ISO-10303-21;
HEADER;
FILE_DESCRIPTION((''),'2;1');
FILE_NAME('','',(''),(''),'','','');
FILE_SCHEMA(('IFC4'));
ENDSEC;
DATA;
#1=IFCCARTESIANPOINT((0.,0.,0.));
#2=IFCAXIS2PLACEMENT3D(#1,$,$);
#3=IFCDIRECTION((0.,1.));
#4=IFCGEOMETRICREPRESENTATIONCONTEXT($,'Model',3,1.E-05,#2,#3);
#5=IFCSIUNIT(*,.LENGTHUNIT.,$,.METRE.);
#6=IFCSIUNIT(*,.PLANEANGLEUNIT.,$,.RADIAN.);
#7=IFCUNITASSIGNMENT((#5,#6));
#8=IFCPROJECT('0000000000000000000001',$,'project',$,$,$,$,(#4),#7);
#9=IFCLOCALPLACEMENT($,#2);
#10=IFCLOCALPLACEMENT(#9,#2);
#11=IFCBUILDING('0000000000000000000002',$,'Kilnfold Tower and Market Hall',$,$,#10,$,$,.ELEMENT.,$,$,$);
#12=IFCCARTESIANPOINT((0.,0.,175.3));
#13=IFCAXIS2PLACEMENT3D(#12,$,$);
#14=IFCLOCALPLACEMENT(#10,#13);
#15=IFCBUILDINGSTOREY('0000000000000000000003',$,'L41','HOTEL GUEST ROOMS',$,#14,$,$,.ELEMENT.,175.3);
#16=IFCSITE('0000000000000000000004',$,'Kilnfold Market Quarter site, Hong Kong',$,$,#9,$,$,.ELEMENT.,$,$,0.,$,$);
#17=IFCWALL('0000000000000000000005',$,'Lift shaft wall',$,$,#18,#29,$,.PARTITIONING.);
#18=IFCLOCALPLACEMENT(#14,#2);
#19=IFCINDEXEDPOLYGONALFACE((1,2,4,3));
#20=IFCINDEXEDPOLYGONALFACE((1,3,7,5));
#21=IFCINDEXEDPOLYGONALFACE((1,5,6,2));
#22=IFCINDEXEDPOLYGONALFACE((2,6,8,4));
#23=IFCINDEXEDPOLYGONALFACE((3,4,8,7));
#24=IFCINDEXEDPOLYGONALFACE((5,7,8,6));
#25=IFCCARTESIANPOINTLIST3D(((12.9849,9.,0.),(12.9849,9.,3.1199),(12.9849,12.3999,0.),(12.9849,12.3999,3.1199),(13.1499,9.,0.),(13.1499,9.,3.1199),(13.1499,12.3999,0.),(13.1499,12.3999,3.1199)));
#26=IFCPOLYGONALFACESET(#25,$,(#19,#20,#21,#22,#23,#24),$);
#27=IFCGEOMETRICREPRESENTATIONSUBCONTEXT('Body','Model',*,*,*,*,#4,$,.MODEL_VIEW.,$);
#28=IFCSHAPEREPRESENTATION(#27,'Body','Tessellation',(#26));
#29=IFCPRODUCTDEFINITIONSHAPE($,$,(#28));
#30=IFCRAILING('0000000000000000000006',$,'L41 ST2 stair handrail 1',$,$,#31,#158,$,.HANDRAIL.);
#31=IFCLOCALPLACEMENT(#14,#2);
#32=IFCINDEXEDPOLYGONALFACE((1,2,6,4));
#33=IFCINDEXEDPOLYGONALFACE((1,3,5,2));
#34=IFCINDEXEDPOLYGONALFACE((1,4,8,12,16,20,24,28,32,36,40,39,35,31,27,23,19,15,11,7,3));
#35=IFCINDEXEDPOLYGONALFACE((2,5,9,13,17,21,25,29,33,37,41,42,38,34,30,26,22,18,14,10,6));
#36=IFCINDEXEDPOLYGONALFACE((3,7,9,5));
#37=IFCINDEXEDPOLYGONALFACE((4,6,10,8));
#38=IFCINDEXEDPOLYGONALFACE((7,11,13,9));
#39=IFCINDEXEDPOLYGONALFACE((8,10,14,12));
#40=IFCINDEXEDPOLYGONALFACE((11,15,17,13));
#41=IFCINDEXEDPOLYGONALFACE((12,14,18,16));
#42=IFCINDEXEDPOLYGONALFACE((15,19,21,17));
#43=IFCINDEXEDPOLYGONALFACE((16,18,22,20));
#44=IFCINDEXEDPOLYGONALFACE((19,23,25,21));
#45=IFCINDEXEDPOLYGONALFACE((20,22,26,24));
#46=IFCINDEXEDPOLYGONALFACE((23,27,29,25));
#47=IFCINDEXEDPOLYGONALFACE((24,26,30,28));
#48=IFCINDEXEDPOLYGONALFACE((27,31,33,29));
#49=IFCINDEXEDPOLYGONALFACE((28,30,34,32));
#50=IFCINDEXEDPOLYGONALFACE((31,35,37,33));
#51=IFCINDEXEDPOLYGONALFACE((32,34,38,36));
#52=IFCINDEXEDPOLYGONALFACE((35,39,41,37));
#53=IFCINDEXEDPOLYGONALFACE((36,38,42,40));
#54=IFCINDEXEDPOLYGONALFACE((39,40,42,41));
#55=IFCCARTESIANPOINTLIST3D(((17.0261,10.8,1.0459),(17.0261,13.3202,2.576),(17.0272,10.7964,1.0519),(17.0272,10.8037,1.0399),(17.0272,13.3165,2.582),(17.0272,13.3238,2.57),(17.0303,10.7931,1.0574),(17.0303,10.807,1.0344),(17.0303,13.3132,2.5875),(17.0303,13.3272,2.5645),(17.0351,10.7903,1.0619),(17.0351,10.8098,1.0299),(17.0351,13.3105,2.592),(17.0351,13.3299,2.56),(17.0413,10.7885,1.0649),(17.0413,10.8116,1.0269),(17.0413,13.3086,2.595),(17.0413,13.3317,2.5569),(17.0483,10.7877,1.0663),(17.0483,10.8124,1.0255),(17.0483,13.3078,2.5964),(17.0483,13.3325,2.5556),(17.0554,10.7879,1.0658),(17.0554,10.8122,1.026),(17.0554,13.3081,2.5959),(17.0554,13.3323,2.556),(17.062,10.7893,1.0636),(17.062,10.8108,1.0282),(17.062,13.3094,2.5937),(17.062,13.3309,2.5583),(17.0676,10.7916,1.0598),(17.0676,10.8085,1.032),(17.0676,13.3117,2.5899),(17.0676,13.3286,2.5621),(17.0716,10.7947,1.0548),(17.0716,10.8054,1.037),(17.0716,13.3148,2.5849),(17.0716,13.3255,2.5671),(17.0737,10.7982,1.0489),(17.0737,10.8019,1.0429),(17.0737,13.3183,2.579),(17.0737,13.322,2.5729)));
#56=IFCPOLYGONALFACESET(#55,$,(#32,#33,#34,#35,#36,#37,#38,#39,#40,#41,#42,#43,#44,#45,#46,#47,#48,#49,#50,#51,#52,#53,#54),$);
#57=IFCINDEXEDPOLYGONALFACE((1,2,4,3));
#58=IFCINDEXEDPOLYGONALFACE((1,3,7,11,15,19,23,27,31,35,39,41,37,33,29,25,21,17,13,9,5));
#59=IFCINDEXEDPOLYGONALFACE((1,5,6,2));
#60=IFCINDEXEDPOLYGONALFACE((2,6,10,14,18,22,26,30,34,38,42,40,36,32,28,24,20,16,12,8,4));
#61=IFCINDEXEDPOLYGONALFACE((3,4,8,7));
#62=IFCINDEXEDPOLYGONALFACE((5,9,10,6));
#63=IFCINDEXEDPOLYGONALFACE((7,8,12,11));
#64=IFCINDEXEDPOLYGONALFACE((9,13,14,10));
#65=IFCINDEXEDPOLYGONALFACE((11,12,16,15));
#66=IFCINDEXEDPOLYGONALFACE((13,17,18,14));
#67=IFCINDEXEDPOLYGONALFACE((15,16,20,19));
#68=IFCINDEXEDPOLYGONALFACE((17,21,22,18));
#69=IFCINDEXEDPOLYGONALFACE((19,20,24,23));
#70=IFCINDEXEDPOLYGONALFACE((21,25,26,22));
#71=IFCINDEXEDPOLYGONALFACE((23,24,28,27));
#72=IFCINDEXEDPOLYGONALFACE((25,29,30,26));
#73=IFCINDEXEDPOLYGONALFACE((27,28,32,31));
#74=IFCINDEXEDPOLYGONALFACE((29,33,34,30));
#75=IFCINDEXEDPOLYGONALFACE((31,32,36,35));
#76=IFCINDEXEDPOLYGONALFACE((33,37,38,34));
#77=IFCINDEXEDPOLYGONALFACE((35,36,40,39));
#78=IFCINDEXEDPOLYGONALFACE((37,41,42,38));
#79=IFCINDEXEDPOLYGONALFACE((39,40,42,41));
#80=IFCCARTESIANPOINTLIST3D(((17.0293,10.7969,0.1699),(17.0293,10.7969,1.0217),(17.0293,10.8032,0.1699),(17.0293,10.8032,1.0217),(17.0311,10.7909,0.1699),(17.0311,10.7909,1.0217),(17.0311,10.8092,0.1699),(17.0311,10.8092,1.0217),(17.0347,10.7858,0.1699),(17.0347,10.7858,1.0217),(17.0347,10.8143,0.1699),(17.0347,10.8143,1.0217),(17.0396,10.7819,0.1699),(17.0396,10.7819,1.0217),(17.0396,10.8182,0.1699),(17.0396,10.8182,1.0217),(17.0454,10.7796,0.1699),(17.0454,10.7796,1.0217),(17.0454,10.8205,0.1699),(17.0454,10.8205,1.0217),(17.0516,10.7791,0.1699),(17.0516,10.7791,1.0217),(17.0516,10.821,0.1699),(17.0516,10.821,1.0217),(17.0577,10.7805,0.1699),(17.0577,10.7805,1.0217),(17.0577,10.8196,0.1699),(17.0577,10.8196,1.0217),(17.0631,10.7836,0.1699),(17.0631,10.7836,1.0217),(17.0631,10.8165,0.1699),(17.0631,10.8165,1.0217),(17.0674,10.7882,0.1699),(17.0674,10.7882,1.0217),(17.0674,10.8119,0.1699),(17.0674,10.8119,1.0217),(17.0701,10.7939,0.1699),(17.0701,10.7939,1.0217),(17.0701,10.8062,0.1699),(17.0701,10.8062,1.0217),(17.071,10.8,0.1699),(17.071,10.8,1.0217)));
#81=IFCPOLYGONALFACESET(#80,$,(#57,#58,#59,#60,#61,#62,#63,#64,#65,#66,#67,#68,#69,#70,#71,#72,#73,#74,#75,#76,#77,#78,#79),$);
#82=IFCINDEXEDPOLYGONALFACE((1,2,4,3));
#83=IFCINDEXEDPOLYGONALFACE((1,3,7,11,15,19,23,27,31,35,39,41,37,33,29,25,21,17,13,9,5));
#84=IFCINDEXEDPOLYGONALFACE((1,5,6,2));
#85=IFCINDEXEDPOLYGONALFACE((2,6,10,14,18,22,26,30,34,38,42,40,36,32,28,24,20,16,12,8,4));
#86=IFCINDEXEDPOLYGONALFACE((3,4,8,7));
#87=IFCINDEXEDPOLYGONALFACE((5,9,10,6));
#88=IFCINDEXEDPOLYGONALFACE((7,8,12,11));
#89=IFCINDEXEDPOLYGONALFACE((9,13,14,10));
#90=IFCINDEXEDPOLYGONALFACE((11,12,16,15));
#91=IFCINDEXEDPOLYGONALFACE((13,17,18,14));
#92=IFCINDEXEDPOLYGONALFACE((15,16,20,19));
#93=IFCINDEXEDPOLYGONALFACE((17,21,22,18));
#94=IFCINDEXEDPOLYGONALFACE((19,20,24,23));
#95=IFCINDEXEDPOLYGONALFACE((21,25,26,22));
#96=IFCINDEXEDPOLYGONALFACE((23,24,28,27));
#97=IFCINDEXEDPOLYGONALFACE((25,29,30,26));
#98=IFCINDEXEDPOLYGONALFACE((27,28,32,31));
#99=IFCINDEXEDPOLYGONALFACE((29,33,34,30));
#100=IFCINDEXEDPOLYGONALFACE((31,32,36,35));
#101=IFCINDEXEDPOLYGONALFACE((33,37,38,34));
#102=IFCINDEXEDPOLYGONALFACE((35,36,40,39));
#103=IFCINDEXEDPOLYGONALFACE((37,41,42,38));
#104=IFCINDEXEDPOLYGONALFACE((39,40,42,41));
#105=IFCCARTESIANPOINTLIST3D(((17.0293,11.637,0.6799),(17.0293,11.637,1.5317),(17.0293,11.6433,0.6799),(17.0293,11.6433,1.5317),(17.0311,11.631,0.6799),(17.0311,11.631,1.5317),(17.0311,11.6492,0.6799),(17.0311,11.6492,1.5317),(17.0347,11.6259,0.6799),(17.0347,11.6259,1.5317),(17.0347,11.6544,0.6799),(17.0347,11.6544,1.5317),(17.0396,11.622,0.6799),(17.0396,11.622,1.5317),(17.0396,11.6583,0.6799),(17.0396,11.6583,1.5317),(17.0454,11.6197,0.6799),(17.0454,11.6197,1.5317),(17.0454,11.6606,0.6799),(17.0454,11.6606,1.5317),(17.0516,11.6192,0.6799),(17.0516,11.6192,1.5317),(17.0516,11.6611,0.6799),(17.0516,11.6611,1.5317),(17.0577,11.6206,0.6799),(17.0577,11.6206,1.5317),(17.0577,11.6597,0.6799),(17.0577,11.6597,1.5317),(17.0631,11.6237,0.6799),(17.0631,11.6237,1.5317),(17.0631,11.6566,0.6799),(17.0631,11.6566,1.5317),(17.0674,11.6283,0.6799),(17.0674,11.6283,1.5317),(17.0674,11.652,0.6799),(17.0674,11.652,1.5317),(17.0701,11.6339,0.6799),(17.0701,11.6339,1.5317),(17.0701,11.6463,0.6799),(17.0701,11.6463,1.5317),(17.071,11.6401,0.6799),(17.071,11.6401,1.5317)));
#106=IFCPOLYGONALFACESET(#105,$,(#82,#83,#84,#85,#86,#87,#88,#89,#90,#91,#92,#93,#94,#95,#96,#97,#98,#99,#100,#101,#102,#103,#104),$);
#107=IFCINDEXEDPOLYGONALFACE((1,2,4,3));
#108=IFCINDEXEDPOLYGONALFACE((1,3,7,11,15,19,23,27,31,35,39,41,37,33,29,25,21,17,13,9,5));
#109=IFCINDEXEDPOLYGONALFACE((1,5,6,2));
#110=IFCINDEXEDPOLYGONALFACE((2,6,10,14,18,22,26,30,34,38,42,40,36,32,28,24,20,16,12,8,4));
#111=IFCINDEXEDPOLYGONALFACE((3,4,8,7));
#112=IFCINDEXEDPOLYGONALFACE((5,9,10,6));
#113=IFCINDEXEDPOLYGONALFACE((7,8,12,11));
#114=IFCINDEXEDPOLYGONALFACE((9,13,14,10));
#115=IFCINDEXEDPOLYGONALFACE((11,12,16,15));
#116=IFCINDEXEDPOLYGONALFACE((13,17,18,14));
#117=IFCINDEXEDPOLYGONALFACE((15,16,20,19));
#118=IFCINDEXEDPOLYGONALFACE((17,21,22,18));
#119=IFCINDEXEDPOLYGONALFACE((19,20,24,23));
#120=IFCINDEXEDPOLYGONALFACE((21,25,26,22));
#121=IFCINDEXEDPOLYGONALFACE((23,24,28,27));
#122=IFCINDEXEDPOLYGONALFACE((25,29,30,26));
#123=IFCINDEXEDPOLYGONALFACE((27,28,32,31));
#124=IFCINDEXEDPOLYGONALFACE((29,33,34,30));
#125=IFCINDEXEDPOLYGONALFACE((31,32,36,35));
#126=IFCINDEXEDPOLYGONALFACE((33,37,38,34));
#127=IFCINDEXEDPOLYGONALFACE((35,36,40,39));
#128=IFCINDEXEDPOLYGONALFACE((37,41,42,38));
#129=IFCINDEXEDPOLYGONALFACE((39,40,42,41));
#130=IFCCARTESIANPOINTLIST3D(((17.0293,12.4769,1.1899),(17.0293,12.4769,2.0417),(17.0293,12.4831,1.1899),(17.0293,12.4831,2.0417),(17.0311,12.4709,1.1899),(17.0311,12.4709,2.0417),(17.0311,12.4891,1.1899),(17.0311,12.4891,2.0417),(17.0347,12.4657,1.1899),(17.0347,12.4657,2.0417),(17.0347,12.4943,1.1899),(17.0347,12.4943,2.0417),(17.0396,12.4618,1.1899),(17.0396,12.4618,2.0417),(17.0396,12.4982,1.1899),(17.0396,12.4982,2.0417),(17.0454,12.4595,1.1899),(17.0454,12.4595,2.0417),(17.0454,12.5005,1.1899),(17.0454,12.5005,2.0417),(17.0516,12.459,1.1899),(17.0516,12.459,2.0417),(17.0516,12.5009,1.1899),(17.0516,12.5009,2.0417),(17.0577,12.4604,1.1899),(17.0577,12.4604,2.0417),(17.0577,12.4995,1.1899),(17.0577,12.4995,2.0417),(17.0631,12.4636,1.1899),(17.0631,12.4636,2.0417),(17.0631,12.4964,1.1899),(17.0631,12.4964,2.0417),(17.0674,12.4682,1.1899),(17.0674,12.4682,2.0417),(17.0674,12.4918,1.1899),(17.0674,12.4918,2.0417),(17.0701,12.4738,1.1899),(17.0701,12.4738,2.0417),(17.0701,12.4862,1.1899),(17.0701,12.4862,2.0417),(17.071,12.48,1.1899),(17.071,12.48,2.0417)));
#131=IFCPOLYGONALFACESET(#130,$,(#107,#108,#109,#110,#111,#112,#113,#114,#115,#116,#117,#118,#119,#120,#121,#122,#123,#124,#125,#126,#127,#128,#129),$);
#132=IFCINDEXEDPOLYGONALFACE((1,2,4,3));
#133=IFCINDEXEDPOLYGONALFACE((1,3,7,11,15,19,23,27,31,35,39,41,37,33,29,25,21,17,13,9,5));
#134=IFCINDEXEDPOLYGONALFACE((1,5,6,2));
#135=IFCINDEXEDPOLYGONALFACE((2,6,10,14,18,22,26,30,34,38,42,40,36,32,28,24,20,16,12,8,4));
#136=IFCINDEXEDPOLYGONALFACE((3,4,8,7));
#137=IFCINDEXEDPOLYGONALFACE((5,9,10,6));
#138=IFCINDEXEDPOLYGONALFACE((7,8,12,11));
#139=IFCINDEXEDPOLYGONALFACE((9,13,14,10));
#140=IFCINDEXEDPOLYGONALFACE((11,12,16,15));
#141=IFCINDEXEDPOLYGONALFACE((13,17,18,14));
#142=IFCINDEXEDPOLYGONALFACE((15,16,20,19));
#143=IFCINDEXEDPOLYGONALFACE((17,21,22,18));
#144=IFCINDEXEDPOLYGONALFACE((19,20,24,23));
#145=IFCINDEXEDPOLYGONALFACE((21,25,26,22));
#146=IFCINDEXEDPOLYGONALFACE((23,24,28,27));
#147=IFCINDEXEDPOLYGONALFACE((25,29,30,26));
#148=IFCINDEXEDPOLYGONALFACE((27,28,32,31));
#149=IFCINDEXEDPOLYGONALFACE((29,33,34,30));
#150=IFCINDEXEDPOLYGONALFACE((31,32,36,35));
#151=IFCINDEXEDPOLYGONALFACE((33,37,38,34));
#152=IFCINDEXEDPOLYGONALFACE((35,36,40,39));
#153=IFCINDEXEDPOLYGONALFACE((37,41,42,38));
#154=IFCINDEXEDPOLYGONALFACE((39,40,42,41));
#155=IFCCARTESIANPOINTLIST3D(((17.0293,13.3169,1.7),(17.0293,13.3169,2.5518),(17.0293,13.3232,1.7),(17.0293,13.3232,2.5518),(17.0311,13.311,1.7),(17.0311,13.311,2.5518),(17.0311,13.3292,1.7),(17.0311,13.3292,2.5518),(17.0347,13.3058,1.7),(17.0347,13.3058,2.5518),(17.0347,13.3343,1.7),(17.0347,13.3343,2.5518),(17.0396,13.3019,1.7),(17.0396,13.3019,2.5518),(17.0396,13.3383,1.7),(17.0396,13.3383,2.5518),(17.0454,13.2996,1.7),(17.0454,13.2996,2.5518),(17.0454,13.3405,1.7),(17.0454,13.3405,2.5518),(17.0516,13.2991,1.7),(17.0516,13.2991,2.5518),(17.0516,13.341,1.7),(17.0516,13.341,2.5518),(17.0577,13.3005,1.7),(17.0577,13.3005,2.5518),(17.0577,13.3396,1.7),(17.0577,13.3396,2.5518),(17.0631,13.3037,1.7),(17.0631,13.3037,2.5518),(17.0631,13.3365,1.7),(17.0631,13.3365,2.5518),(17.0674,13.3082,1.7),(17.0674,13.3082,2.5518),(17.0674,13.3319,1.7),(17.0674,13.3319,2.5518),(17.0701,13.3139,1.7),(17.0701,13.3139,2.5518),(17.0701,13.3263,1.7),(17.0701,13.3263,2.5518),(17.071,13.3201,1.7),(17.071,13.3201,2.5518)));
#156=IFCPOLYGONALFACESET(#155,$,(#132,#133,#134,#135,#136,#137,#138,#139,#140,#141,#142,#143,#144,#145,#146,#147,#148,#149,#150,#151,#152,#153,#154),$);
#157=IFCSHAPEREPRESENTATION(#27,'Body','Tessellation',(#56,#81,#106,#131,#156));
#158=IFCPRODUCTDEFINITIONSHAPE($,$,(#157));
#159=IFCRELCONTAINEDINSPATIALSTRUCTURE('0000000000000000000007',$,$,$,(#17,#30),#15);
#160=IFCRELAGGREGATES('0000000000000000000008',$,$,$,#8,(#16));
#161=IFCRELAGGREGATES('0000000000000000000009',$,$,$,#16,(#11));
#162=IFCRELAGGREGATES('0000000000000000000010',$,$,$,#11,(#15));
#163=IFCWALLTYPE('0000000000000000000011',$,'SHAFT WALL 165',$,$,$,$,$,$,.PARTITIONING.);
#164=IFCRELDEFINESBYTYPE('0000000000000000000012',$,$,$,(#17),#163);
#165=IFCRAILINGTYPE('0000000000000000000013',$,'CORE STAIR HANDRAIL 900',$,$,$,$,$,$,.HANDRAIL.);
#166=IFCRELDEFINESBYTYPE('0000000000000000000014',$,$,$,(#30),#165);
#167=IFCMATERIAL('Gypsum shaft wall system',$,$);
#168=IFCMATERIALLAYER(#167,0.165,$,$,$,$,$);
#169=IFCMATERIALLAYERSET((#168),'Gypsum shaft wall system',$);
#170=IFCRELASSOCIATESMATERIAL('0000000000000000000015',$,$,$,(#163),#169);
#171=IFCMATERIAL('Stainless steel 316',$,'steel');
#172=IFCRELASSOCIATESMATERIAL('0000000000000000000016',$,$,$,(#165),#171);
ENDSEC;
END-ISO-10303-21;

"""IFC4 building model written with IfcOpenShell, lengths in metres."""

from ifc_helpers import new_model, si_unit, direction, frame, frame_2d, origin, origin_2d, place, context, subcontext, project, spatial, rectangle, circle, extrude, source, transform, mapped, material, layer, layer_set, type_object, element, save


model = new_model("IFC4")

# Units and contexts
model_context = context("Model", 3, precision=1e-05, world=origin(), true_north=direction((0.0, 1.0)))
body_context = subcontext(model_context, "Body", "Model", "MODEL_VIEW")
ifc_project = project(units=[si_unit("LENGTHUNIT", "METRE"), si_unit("PLANEANGLEUNIT", "RADIAN")], contexts=[model_context])

# Site, building, storey
site_placement = place(None, origin())
site = spatial("IfcSite", under=ifc_project, at=site_placement, Name="Kilnfold Market Quarter site, Hong Kong", CompositionType="ELEMENT", RefElevation=0.0)
building_placement = place(site_placement, origin())
building = spatial("IfcBuilding", under=site, at=building_placement, Name="Kilnfold Tower and Market Hall", CompositionType="ELEMENT")
storey_placement = place(building_placement, frame((0.0, 0.0, 175.3)))
storey = spatial("IfcBuildingStorey", under=building, at=storey_placement, Name="L41", Description="HOTEL GUEST ROOMS", CompositionType="ELEMENT", Elevation=175.3)

# Wall
ifc_material_1 = material(Name="Gypsum shaft wall system")
ifc_layer_1 = layer(ifc_material_1, 0.165)
ifc_layer_set_1 = layer_set([ifc_layer_1], Name="Gypsum shaft wall system")
wall_type_1 = type_object("IfcWallType", Name="SHAFT WALL 165", PredefinedType="PARTITIONING", material=ifc_layer_set_1)
shared_shape_1 = source(origin(), body_context, "Body", "SweptSolid", [
    extrude(rectangle(XDim=3.3999, YDim=0.165, at=frame_2d((1.7, 0.0))), origin(), (0.0, 0.0, 1.0), 3.1199),
])
wall_1_placement = place(storey_placement, frame((13.0674, 9.0, 0.0), z_axis=(0.0, 0.0, 1.0), x_axis=(0.0, 1.0, 0.0)))
element("IfcWall", 1, at=wall_1_placement, inside=storey, type_object=wall_type_1, Name="Lift shaft wall", PredefinedType="PARTITIONING", context=body_context, shape_type="MappedRepresentation", body=[
    mapped(shared_shape_1, transform((0.0, 0.0, 0.0))),
])

# Railing
ifc_material_2 = material(Name="Stainless steel 316", Category="steel")
railing_type_1 = type_object("IfcRailingType", Name="CORE STAIR HANDRAIL 900", PredefinedType="HANDRAIL", material=ifc_material_2)
railing_1_placement = place(storey_placement, frame((17.05, 10.8, 0.1699)))
element("IfcRailing", 2, at=railing_1_placement, inside=storey, type_object=railing_type_1, Name="L41 ST2 stair handrail 1", PredefinedType="HANDRAIL", context=body_context, shape_type="SweptSolid", body=[
    extrude(circle(Radius=0.0239, at=origin_2d()), frame((0.0, 0.0, 0.876), z_axis=(0.0, 0.854785, 0.518982), x_axis=(-1.0, 0.0, 0.0)), (0.0, 0.0, 1.0), 2.9482),
    extrude(circle(Radius=0.021, at=origin_2d()), origin(), (0.0, 0.0, 1.0), 0.8518),
    extrude(circle(Radius=0.021, at=origin_2d()), frame((0.0, 0.8401, 0.51)), (0.0, 0.0, 1.0), 0.8518),
    extrude(circle(Radius=0.021, at=origin_2d()), frame((0.0, 1.6799, 1.02)), (0.0, 0.0, 1.0), 0.8518),
    extrude(circle(Radius=0.021, at=origin_2d()), frame((0.0, 2.52, 1.53)), (0.0, 0.0, 1.0), 0.8518),
])

save(model, "model.ifc")
